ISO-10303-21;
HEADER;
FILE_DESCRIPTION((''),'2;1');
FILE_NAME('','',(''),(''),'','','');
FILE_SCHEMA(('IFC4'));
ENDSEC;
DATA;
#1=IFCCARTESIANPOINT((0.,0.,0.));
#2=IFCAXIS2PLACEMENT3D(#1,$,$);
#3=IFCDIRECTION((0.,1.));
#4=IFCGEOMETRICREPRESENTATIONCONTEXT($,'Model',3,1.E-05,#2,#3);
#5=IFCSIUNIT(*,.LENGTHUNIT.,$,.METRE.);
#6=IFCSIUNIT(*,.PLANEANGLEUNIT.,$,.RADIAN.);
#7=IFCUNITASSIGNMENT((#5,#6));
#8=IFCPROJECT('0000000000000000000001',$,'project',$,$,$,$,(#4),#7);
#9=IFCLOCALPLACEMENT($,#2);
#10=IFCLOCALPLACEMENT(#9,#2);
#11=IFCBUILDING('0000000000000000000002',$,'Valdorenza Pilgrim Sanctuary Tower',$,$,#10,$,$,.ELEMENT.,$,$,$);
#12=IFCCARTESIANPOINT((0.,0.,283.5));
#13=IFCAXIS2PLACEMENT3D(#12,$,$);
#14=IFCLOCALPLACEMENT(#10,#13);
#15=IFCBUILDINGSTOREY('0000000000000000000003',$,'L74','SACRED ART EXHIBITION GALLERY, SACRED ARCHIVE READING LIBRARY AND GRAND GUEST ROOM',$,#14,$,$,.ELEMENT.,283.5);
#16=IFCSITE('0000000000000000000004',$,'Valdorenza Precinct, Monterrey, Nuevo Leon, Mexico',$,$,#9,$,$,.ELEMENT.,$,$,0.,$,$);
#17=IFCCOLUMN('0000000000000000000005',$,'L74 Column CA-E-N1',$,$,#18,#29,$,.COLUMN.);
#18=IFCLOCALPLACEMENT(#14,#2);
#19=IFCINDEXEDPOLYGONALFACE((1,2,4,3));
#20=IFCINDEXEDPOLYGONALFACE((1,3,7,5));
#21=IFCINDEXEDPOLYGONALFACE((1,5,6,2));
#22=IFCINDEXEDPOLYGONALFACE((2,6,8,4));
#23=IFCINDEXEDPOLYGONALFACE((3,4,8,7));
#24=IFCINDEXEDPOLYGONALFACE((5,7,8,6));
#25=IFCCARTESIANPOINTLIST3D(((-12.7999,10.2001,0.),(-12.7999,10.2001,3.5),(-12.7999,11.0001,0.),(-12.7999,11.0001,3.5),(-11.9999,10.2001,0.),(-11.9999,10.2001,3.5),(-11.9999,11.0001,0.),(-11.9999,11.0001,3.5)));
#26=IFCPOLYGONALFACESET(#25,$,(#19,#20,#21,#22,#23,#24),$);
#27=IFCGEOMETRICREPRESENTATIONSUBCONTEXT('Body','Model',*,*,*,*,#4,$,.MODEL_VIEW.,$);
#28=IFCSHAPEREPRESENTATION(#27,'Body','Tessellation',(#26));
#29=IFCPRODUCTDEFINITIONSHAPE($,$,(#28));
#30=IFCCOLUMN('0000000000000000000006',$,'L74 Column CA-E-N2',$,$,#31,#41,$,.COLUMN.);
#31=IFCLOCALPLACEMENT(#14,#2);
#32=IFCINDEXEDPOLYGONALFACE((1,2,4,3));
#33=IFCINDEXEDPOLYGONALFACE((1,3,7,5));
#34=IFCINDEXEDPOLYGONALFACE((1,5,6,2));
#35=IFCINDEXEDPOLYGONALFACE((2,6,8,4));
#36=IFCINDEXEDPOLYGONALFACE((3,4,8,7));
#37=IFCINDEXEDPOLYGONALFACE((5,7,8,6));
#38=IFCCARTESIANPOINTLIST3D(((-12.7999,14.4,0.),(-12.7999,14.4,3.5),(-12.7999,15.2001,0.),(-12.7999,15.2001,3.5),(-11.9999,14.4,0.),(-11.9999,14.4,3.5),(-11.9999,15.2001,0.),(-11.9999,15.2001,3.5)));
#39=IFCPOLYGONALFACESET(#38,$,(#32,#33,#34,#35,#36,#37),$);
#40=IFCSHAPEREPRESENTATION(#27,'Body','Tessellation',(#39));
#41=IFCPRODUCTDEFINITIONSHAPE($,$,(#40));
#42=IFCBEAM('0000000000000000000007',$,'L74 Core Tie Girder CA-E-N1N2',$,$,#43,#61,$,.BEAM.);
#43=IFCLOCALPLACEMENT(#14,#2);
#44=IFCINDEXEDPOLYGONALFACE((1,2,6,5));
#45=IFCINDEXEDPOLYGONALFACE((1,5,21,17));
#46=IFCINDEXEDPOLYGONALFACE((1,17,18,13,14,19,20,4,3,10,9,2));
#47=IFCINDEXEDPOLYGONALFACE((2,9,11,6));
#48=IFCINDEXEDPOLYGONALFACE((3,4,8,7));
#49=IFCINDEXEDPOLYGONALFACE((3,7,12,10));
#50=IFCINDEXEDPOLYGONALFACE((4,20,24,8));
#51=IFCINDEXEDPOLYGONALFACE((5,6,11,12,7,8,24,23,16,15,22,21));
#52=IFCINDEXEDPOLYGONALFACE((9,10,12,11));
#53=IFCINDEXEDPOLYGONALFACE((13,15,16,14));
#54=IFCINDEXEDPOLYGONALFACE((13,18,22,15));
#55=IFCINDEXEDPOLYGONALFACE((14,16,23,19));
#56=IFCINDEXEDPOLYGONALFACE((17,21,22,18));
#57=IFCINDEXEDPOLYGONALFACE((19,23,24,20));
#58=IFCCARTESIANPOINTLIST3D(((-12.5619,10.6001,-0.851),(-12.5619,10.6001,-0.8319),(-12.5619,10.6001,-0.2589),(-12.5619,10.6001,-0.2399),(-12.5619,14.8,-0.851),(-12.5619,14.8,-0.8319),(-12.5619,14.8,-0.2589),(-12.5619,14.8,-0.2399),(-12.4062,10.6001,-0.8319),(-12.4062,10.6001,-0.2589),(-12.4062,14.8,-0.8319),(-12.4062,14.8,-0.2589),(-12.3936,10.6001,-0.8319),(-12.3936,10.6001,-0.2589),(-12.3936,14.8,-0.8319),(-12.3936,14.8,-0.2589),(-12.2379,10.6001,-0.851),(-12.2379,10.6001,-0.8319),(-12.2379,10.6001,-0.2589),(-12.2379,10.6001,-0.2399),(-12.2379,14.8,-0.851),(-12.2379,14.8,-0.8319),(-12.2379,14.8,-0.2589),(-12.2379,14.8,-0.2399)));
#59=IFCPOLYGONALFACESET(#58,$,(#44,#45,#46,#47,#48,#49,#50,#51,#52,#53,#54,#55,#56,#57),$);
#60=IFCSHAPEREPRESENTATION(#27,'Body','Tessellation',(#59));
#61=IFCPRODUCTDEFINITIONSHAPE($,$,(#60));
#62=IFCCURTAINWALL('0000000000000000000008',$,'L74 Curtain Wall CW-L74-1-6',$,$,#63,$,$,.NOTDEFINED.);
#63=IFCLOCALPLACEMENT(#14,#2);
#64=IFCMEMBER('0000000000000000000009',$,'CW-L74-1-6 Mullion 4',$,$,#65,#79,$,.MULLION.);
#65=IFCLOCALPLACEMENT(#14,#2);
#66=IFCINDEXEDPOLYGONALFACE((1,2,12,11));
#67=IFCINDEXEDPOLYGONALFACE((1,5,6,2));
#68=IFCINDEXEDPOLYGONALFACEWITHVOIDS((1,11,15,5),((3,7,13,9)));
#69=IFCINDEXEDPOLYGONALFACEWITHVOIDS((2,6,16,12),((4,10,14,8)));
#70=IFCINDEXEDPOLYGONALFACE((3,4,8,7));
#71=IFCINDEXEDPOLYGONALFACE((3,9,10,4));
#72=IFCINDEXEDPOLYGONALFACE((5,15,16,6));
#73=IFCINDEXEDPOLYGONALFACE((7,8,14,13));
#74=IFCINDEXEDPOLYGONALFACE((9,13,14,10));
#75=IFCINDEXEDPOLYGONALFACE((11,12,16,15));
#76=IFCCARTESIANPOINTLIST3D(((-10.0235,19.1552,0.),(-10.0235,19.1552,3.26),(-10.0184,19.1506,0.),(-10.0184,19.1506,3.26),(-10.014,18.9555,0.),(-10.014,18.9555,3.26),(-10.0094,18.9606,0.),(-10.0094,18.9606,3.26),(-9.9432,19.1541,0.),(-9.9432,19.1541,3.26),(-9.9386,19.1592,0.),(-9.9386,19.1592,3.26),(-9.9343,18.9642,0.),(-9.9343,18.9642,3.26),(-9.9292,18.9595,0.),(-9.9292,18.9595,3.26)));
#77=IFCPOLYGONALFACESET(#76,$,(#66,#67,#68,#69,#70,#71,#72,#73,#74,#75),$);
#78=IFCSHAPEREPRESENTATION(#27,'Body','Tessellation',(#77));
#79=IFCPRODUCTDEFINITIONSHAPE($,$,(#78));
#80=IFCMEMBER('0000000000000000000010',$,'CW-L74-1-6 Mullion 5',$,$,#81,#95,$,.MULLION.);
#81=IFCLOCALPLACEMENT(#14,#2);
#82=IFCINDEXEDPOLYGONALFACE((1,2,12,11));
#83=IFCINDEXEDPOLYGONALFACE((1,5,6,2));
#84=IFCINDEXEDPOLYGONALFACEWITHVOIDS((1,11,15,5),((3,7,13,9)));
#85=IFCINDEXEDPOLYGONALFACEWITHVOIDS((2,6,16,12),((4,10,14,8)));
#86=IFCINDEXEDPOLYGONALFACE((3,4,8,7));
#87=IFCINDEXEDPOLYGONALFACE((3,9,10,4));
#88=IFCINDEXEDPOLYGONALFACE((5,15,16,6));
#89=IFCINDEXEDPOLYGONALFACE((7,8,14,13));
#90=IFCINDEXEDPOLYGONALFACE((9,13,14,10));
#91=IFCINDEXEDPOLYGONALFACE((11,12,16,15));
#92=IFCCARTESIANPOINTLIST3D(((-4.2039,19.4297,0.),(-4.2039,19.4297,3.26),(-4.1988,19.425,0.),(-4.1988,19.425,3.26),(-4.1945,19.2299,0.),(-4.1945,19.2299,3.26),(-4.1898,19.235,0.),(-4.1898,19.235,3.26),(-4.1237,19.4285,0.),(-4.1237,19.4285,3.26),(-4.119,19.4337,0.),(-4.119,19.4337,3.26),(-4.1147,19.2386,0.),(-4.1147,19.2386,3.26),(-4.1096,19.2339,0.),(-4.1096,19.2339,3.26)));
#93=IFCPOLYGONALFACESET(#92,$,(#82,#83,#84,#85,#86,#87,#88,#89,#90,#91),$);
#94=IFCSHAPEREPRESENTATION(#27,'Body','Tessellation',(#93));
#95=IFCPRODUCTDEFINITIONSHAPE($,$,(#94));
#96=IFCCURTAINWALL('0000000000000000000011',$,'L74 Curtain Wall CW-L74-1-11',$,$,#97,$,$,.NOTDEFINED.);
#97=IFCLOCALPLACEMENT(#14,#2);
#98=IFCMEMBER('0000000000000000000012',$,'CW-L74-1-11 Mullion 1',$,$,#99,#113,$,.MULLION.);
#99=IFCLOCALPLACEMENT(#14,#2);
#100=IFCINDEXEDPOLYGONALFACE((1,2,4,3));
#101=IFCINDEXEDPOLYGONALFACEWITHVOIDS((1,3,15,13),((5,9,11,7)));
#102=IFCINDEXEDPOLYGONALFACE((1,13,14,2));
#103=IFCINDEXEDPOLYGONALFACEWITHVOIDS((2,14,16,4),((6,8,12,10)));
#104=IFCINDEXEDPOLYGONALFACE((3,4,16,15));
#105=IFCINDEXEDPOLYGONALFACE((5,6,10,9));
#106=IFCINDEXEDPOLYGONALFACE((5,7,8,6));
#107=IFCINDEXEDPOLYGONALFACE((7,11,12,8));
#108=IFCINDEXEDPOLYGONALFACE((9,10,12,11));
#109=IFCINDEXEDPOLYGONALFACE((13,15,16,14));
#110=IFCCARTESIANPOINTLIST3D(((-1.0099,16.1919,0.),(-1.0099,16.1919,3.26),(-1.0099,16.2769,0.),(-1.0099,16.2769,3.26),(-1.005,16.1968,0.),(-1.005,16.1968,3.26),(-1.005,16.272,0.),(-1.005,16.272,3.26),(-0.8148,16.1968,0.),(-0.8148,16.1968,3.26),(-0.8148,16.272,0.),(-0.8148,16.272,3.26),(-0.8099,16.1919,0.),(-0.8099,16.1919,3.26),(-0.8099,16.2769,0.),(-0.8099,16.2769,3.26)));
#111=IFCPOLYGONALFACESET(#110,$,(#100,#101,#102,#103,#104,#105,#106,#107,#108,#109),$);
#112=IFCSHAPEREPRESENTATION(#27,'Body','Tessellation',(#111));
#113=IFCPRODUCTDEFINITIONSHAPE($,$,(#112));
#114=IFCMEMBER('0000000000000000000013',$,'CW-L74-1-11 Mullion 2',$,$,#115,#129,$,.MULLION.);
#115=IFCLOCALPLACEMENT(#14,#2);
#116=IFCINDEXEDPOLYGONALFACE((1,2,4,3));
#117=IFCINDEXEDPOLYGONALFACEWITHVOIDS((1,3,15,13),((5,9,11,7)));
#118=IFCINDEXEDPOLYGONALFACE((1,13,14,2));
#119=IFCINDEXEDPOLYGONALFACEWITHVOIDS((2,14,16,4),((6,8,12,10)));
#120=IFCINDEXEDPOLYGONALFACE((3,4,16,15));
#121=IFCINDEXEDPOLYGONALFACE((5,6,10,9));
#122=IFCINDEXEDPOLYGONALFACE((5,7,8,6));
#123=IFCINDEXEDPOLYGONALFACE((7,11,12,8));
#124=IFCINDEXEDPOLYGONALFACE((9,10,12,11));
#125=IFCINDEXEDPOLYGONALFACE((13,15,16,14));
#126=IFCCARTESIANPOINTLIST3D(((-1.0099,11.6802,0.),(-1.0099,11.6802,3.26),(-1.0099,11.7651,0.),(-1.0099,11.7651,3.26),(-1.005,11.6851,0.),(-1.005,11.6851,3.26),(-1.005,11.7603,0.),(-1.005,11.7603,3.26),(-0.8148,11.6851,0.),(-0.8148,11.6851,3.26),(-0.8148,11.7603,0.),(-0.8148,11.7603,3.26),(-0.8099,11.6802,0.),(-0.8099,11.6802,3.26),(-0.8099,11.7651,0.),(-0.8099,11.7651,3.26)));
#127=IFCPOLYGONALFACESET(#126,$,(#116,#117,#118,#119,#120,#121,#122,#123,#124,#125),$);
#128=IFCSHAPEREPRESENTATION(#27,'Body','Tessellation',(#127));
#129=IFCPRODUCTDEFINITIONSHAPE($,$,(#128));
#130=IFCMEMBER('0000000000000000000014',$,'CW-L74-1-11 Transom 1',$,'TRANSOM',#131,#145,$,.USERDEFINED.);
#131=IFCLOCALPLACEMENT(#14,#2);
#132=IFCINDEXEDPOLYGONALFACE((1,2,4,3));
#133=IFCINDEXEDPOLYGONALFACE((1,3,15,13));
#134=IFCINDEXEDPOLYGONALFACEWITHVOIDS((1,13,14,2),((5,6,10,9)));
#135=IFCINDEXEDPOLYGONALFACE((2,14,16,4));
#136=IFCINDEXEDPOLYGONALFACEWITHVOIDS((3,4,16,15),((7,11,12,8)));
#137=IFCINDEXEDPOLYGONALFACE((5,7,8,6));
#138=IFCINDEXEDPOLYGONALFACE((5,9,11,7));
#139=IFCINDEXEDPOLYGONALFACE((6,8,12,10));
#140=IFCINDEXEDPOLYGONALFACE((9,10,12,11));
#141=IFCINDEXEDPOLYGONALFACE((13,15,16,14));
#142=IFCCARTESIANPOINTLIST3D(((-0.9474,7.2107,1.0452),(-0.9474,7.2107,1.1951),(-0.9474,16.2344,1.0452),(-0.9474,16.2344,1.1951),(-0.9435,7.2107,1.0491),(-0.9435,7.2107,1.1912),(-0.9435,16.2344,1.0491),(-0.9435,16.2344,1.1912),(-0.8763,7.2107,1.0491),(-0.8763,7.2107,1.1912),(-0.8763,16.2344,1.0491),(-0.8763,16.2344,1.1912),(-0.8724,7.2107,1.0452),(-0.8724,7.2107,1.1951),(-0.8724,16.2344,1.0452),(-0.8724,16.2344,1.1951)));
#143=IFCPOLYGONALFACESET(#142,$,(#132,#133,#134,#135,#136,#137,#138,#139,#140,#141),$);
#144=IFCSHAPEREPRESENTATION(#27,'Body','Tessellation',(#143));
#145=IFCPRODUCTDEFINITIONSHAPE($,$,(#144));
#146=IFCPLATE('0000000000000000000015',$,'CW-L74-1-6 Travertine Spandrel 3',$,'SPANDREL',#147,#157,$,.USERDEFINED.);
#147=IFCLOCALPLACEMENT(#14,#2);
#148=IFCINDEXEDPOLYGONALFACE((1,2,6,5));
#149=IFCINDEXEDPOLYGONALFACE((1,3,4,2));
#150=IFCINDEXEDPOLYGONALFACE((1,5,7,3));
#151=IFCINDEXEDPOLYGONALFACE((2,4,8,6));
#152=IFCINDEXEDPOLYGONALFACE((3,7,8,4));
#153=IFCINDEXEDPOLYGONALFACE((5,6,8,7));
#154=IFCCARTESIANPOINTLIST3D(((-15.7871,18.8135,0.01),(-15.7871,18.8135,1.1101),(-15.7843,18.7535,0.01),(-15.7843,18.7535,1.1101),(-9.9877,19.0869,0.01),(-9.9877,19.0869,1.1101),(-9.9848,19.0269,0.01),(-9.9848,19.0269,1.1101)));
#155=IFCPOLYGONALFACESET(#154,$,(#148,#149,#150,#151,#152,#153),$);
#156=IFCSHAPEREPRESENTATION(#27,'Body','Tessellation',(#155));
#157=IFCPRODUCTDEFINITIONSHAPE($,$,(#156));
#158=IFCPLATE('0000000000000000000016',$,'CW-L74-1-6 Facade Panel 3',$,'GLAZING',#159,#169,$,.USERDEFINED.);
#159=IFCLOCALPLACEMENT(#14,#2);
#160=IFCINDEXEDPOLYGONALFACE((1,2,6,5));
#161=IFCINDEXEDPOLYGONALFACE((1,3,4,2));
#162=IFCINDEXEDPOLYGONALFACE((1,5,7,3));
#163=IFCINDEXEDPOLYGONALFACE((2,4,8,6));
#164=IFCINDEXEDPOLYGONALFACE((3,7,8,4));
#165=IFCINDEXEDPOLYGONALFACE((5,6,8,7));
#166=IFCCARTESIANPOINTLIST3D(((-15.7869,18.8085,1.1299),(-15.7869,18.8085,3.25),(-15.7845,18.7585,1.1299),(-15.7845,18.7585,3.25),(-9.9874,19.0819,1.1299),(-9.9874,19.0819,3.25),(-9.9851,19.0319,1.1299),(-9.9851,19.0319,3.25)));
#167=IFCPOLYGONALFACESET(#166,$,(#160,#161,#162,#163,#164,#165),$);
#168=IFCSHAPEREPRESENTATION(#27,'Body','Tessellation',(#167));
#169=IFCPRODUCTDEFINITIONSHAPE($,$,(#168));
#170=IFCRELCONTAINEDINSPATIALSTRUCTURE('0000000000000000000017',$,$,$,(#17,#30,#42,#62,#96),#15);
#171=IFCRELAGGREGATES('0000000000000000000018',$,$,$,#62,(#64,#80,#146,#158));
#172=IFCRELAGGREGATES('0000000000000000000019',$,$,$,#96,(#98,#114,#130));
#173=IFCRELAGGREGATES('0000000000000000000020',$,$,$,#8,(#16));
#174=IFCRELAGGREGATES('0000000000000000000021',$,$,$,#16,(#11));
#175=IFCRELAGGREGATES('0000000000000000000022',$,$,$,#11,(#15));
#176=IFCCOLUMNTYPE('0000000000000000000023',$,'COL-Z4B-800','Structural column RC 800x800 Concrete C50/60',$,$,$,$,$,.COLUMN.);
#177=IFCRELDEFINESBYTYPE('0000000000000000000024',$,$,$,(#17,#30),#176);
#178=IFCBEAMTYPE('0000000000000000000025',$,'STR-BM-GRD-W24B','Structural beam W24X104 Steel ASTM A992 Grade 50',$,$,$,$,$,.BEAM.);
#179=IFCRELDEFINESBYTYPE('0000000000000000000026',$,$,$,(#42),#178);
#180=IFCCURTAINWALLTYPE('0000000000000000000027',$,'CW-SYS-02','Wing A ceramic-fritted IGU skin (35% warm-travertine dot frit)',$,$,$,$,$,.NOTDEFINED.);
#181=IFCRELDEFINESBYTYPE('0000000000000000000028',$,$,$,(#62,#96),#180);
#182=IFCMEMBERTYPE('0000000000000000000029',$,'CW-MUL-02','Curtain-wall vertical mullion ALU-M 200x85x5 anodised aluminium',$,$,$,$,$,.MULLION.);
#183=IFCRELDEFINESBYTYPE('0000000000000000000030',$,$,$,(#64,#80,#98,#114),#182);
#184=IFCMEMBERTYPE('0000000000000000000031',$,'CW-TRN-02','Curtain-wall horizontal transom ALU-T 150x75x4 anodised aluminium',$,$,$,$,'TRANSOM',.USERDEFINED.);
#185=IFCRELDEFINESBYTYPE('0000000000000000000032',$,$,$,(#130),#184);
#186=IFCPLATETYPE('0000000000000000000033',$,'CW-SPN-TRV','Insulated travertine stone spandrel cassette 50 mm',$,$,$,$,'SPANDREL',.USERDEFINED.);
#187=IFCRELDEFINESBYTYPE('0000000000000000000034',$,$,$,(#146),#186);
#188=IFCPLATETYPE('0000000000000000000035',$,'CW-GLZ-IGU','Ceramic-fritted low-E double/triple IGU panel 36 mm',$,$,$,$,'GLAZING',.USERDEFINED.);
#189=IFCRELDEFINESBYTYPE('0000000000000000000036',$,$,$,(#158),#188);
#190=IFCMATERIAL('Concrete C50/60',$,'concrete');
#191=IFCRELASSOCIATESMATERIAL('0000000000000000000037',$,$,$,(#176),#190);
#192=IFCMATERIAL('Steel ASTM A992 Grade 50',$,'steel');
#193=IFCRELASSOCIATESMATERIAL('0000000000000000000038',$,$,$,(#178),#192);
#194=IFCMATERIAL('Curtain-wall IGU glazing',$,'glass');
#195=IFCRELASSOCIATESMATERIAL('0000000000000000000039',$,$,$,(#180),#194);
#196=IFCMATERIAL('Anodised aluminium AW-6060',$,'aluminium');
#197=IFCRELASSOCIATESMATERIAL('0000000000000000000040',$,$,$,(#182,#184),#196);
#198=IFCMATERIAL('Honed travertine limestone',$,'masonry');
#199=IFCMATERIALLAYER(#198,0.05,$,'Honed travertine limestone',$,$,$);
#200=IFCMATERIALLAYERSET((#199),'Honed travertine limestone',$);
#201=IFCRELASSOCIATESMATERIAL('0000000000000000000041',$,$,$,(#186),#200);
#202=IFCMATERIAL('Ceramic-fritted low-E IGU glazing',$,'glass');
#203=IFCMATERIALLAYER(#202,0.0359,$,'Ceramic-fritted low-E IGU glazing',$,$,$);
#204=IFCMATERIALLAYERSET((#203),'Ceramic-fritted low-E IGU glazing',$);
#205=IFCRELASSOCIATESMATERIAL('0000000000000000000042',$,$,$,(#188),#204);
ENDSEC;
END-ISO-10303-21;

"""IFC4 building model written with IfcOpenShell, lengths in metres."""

from ifc_helpers import new_model, si_unit, direction, frame, origin, origin_2d, place, context, subcontext, project, spatial, rectangle, hollow_rectangle, i_section, extrude, source, transform, mapped, material, layer, layer_set, material_profile, profile_set, type_object, element, aggregate, save


model = new_model("IFC4")

# Units and contexts
model_context = context("Model", 3, precision=1e-05, world=origin(), true_north=direction((0.0, 1.0)))
body_context = subcontext(model_context, "Body", "Model", "MODEL_VIEW")
ifc_project = project(units=[si_unit("LENGTHUNIT", "METRE"), si_unit("PLANEANGLEUNIT", "RADIAN")], contexts=[model_context])

# Site, building, storey
site_placement = place(None, origin())
site = spatial("IfcSite", under=ifc_project, at=site_placement, Name="Valdorenza Precinct, Monterrey, Nuevo Leon, Mexico", CompositionType="ELEMENT", RefElevation=0.0)
building_placement = place(site_placement, origin())
building = spatial("IfcBuilding", under=site, at=building_placement, Name="Valdorenza Pilgrim Sanctuary Tower", CompositionType="ELEMENT")
storey_placement = place(building_placement, frame((0.0, 0.0, 283.5)))
storey = spatial("IfcBuildingStorey", under=building, at=storey_placement, Name="L74", Description="SACRED ART EXHIBITION GALLERY, SACRED ARCHIVE READING LIBRARY AND GRAND GUEST ROOM", CompositionType="ELEMENT", Elevation=283.5)

# Columns
ifc_material_1 = material(Name="Concrete C50/60", Category="concrete")
ifc_material_profile_1 = material_profile(ifc_material_1, rectangle(XDim=0.8, YDim=0.8, at=origin_2d()), Name="RC 800x800")
ifc_profile_set_1 = profile_set([ifc_material_profile_1], Name="Concrete C50/60")
column_type = type_object("IfcColumnType", Name="COL-Z4B-800", Description="Structural column RC 800x800 Concrete C50/60", PredefinedType="COLUMN", material=ifc_profile_set_1)
shared_shape_1 = source(origin(), body_context, "Body", "SweptSolid", [
    extrude(rectangle(XDim=0.8, YDim=0.8, at=origin_2d()), origin(), (0.0, 0.0, 1.0), 3.5),
])
for number, where, z_axis, x_axis, name in (
    (1, (-12.3999, 10.6001, 0.0), (0.0, 0.0, 1.0), (1.0, 0.0, 0.0), "L74 Column CA-E-N1"),
    (2, (-12.3999, 14.8, 0.0), (0.0, 0.0, 1.0), (1.0, 0.0, 0.0), "L74 Column CA-E-N2"),
):
    element("IfcColumn", number, at=place(storey_placement, frame(where, z_axis=z_axis, x_axis=x_axis)), inside=storey, type_object=column_type, Name=name, PredefinedType="COLUMN", context=body_context, shape_type="MappedRepresentation", body=[
        mapped(shared_shape_1, transform((0.0, 0.0, 0.0), x_axis=(1.0, 0.0, 0.0), y_axis=(0.0, 1.0, 0.0), z_axis=(0.0, 0.0, 1.0), scale=1.0)),
    ])

# Beam
ifc_material_2 = material(Name="Steel ASTM A992 Grade 50", Category="steel")
ifc_material_profile_2 = material_profile(ifc_material_2, i_section(OverallWidth=0.324, OverallDepth=0.6111, WebThickness=0.0127, FlangeThickness=0.019, at=origin_2d()), Name="W24X104")
ifc_profile_set_2 = profile_set([ifc_material_profile_2], Name="Steel ASTM A992 Grade 50")
beam_type = type_object("IfcBeamType", Name="STR-BM-GRD-W24B", Description="Structural beam W24X104 Steel ASTM A992 Grade 50", PredefinedType="BEAM", material=ifc_profile_set_2)
shared_shape_2 = source(origin(), body_context, "Body", "SweptSolid", [
    extrude(i_section(OverallWidth=0.324, OverallDepth=0.6111, WebThickness=0.0127, FlangeThickness=0.019, at=origin_2d()), origin(), (0.0, 0.0, 1.0), 4.2),
])
beam_placement = place(storey_placement, frame((-12.3999, 10.6001, -0.5454), z_axis=(0.0, 1.0, 0.0), x_axis=(-1.0, 0.0, 0.0)))
element("IfcBeam", 3, at=beam_placement, inside=storey, type_object=beam_type, Name="L74 Core Tie Girder CA-E-N1N2", PredefinedType="BEAM", context=body_context, shape_type="MappedRepresentation", body=[
    mapped(shared_shape_2, transform((0.0, 0.0, 0.0), x_axis=(1.0, 0.0, 0.0), y_axis=(0.0, 1.0, 0.0), z_axis=(0.0, 0.0, 1.0), scale=1.0)),
])

# Curtain walls, members
ifc_material_3 = material(Name="Curtain-wall IGU glazing", Category="glass")
curtain_wall_type = type_object("IfcCurtainWallType", Name="CW-SYS-02", Description="Wing A ceramic-fritted IGU skin (35% warm-travertine dot frit)", PredefinedType="NOTDEFINED", material=ifc_material_3)
curtain_wall_1_placement = place(storey_placement, origin())
curtain_wall_1 = element("IfcCurtainWall", 4, at=curtain_wall_1_placement, inside=storey, type_object=curtain_wall_type, Name="L74 Curtain Wall CW-L74-1-6", PredefinedType="NOTDEFINED")
ifc_material_4 = material(Name="Anodised aluminium AW-6060", Category="aluminium")
ifc_material_profile_3 = material_profile(ifc_material_4, hollow_rectangle(XDim=0.085, YDim=0.2, WallThickness=0.0049, at=origin_2d()), Name="ALU-M 200x85x5")
ifc_profile_set_3 = profile_set([ifc_material_profile_3], Name="Anodised aluminium AW-6060")
member_type_1 = type_object("IfcMemberType", Name="CW-MUL-02", Description="Curtain-wall vertical mullion ALU-M 200x85x5 anodised aluminium", PredefinedType="MULLION", material=ifc_profile_set_3)
shared_shape_3 = source(origin(), body_context, "Body", "SweptSolid", [
    extrude(hollow_rectangle(XDim=0.085, YDim=0.2, WallThickness=0.0049, at=origin_2d()), origin(), (0.0, 0.0, 1.0), 3.26),
])
member_1_placement = place(storey_placement, frame((-9.9763, 19.0574, 0.0), z_axis=(0.0, 0.0, 1.0), x_axis=(0.998891, 0.047089, 0.0)))
member_1 = element("IfcMember", 5, at=member_1_placement, type_object=member_type_1, Name="CW-L74-1-6 Mullion 4", PredefinedType="MULLION", context=body_context, shape_type="MappedRepresentation", body=[
    mapped(shared_shape_3, transform((0.0, 0.0, 0.0), x_axis=(1.0, 0.0, 0.0), y_axis=(0.0, 1.0, 0.0), z_axis=(0.0, 0.0, 1.0), scale=1.0)),
])
member_2_placement = place(storey_placement, frame((-4.1567, 19.3318, 0.0), z_axis=(0.0, 0.0, 1.0), x_axis=(0.998891, 0.047089, 0.0)))
member_2 = element("IfcMember", 6, at=member_2_placement, type_object=member_type_1, Name="CW-L74-1-6 Mullion 5", PredefinedType="MULLION", context=body_context, shape_type="MappedRepresentation", body=[
    mapped(shared_shape_3, transform((0.0, 0.0, 0.0), x_axis=(1.0, 0.0, 0.0), y_axis=(0.0, 1.0, 0.0), z_axis=(0.0, 0.0, 1.0), scale=1.0)),
])
curtain_wall_2_placement = place(storey_placement, origin())
curtain_wall_2 = element("IfcCurtainWall", 7, at=curtain_wall_2_placement, inside=storey, type_object=curtain_wall_type, Name="L74 Curtain Wall CW-L74-1-11", PredefinedType="NOTDEFINED")
member_3_placement = place(storey_placement, frame((-0.9099, 16.2344, 0.0), z_axis=(0.0, 0.0, 1.0), x_axis=(0.0, -1.0, 0.0)))
member_3 = element("IfcMember", 8, at=member_3_placement, type_object=member_type_1, Name="CW-L74-1-11 Mullion 1", PredefinedType="MULLION", context=body_context, shape_type="MappedRepresentation", body=[
    mapped(shared_shape_3, transform((0.0, 0.0, 0.0), x_axis=(1.0, 0.0, 0.0), y_axis=(0.0, 1.0, 0.0), z_axis=(0.0, 0.0, 1.0), scale=1.0)),
])
member_4_placement = place(storey_placement, frame((-0.9099, 11.7227, 0.0), z_axis=(0.0, 0.0, 1.0), x_axis=(0.0, -1.0, 0.0)))
member_4 = element("IfcMember", 9, at=member_4_placement, type_object=member_type_1, Name="CW-L74-1-11 Mullion 2", PredefinedType="MULLION", context=body_context, shape_type="MappedRepresentation", body=[
    mapped(shared_shape_3, transform((0.0, 0.0, 0.0), x_axis=(1.0, 0.0, 0.0), y_axis=(0.0, 1.0, 0.0), z_axis=(0.0, 0.0, 1.0), scale=1.0)),
])
ifc_material_profile_4 = material_profile(ifc_material_4, hollow_rectangle(XDim=0.075, YDim=0.1499, WallThickness=0.0039, at=origin_2d()), Name="ALU-T 150x75x4")
ifc_profile_set_4 = profile_set([ifc_material_profile_4], Name="Anodised aluminium AW-6060")
member_type_2 = type_object("IfcMemberType", Name="CW-TRN-02", Description="Curtain-wall horizontal transom ALU-T 150x75x4 anodised aluminium", ElementType="TRANSOM", PredefinedType="USERDEFINED", material=ifc_profile_set_4)
shared_shape_4 = source(origin(), body_context, "Body", "SweptSolid", [
    extrude(hollow_rectangle(XDim=0.075, YDim=0.1499, WallThickness=0.0039, at=origin_2d()), origin(), (0.0, 0.0, 1.0), 9.0237),
])
member_5_placement = place(storey_placement, frame((-0.9099, 16.2344, 1.1201), z_axis=(0.0, -1.0, 0.0), x_axis=(1.0, 0.0, 0.0)))
member_5 = element("IfcMember", 10, at=member_5_placement, type_object=member_type_2, Name="CW-L74-1-11 Transom 1", ObjectType="TRANSOM", PredefinedType="USERDEFINED", context=body_context, shape_type="MappedRepresentation", body=[
    mapped(shared_shape_4, transform((0.0, 0.0, 0.0), x_axis=(1.0, 0.0, 0.0), y_axis=(0.0, 1.0, 0.0), z_axis=(0.0, 0.0, 1.0), scale=1.0)),
])

# Plates
ifc_material_5 = material(Name="Honed travertine limestone", Category="masonry")
ifc_layer_1 = layer(ifc_material_5, 0.05, Name="Honed travertine limestone")
ifc_layer_set_1 = layer_set([ifc_layer_1], Name="Honed travertine limestone")
plate_type_1 = type_object("IfcPlateType", Name="CW-SPN-TRV", Description="Insulated travertine stone spandrel cassette 50 mm", ElementType="SPANDREL", PredefinedType="USERDEFINED", material=ifc_layer_set_1)
shared_shape_5 = source(origin(), body_context, "Body", "SweptSolid", [
    extrude(rectangle(XDim=5.8059, YDim=0.0601, at=origin_2d()), origin(), (0.0, 0.0, 1.0), 1.1001),
])
plate_1_placement = place(storey_placement, frame((-12.886, 18.9202, 0.01), z_axis=(0.0, 0.0, 1.0), x_axis=(0.998891, 0.047089, 0.0)))
plate_1 = element("IfcPlate", 11, at=plate_1_placement, type_object=plate_type_1, Name="CW-L74-1-6 Travertine Spandrel 3", ObjectType="SPANDREL", PredefinedType="USERDEFINED", context=body_context, shape_type="MappedRepresentation", body=[
    mapped(shared_shape_5, transform((0.0, 0.0, 0.0), x_axis=(1.0, 0.0, 0.0), y_axis=(0.0, 1.0, 0.0), z_axis=(0.0, 0.0, 1.0), scale=1.0)),
])
ifc_material_6 = material(Name="Ceramic-fritted low-E IGU glazing", Category="glass")
ifc_layer_2 = layer(ifc_material_6, 0.0359, Name="Ceramic-fritted low-E IGU glazing")
ifc_layer_set_2 = layer_set([ifc_layer_2], Name="Ceramic-fritted low-E IGU glazing")
plate_type_2 = type_object("IfcPlateType", Name="CW-GLZ-IGU", Description="Ceramic-fritted low-E double/triple IGU panel 36 mm", ElementType="GLAZING", PredefinedType="USERDEFINED", material=ifc_layer_set_2)
shared_shape_6 = source(origin(), body_context, "Body", "SweptSolid", [
    extrude(rectangle(XDim=5.8059, YDim=0.05, at=origin_2d()), origin(), (0.0, 0.0, 1.0), 2.1201),
])
plate_2_placement = place(storey_placement, frame((-12.886, 18.9202, 1.1299), z_axis=(0.0, 0.0, 1.0), x_axis=(0.998891, 0.047089, 0.0)))
plate_2 = element("IfcPlate", 12, at=plate_2_placement, type_object=plate_type_2, Name="CW-L74-1-6 Facade Panel 3", ObjectType="GLAZING", PredefinedType="USERDEFINED", context=body_context, shape_type="MappedRepresentation", body=[
    mapped(shared_shape_6, transform((0.0, 0.0, 0.0), x_axis=(1.0, 0.0, 0.0), y_axis=(0.0, 1.0, 0.0), z_axis=(0.0, 0.0, 1.0), scale=1.0)),
])
aggregate(curtain_wall_1, [member_1, member_2, plate_1, plate_2])
aggregate(curtain_wall_2, [member_3, member_4, member_5])

save(model, "model.ifc")
